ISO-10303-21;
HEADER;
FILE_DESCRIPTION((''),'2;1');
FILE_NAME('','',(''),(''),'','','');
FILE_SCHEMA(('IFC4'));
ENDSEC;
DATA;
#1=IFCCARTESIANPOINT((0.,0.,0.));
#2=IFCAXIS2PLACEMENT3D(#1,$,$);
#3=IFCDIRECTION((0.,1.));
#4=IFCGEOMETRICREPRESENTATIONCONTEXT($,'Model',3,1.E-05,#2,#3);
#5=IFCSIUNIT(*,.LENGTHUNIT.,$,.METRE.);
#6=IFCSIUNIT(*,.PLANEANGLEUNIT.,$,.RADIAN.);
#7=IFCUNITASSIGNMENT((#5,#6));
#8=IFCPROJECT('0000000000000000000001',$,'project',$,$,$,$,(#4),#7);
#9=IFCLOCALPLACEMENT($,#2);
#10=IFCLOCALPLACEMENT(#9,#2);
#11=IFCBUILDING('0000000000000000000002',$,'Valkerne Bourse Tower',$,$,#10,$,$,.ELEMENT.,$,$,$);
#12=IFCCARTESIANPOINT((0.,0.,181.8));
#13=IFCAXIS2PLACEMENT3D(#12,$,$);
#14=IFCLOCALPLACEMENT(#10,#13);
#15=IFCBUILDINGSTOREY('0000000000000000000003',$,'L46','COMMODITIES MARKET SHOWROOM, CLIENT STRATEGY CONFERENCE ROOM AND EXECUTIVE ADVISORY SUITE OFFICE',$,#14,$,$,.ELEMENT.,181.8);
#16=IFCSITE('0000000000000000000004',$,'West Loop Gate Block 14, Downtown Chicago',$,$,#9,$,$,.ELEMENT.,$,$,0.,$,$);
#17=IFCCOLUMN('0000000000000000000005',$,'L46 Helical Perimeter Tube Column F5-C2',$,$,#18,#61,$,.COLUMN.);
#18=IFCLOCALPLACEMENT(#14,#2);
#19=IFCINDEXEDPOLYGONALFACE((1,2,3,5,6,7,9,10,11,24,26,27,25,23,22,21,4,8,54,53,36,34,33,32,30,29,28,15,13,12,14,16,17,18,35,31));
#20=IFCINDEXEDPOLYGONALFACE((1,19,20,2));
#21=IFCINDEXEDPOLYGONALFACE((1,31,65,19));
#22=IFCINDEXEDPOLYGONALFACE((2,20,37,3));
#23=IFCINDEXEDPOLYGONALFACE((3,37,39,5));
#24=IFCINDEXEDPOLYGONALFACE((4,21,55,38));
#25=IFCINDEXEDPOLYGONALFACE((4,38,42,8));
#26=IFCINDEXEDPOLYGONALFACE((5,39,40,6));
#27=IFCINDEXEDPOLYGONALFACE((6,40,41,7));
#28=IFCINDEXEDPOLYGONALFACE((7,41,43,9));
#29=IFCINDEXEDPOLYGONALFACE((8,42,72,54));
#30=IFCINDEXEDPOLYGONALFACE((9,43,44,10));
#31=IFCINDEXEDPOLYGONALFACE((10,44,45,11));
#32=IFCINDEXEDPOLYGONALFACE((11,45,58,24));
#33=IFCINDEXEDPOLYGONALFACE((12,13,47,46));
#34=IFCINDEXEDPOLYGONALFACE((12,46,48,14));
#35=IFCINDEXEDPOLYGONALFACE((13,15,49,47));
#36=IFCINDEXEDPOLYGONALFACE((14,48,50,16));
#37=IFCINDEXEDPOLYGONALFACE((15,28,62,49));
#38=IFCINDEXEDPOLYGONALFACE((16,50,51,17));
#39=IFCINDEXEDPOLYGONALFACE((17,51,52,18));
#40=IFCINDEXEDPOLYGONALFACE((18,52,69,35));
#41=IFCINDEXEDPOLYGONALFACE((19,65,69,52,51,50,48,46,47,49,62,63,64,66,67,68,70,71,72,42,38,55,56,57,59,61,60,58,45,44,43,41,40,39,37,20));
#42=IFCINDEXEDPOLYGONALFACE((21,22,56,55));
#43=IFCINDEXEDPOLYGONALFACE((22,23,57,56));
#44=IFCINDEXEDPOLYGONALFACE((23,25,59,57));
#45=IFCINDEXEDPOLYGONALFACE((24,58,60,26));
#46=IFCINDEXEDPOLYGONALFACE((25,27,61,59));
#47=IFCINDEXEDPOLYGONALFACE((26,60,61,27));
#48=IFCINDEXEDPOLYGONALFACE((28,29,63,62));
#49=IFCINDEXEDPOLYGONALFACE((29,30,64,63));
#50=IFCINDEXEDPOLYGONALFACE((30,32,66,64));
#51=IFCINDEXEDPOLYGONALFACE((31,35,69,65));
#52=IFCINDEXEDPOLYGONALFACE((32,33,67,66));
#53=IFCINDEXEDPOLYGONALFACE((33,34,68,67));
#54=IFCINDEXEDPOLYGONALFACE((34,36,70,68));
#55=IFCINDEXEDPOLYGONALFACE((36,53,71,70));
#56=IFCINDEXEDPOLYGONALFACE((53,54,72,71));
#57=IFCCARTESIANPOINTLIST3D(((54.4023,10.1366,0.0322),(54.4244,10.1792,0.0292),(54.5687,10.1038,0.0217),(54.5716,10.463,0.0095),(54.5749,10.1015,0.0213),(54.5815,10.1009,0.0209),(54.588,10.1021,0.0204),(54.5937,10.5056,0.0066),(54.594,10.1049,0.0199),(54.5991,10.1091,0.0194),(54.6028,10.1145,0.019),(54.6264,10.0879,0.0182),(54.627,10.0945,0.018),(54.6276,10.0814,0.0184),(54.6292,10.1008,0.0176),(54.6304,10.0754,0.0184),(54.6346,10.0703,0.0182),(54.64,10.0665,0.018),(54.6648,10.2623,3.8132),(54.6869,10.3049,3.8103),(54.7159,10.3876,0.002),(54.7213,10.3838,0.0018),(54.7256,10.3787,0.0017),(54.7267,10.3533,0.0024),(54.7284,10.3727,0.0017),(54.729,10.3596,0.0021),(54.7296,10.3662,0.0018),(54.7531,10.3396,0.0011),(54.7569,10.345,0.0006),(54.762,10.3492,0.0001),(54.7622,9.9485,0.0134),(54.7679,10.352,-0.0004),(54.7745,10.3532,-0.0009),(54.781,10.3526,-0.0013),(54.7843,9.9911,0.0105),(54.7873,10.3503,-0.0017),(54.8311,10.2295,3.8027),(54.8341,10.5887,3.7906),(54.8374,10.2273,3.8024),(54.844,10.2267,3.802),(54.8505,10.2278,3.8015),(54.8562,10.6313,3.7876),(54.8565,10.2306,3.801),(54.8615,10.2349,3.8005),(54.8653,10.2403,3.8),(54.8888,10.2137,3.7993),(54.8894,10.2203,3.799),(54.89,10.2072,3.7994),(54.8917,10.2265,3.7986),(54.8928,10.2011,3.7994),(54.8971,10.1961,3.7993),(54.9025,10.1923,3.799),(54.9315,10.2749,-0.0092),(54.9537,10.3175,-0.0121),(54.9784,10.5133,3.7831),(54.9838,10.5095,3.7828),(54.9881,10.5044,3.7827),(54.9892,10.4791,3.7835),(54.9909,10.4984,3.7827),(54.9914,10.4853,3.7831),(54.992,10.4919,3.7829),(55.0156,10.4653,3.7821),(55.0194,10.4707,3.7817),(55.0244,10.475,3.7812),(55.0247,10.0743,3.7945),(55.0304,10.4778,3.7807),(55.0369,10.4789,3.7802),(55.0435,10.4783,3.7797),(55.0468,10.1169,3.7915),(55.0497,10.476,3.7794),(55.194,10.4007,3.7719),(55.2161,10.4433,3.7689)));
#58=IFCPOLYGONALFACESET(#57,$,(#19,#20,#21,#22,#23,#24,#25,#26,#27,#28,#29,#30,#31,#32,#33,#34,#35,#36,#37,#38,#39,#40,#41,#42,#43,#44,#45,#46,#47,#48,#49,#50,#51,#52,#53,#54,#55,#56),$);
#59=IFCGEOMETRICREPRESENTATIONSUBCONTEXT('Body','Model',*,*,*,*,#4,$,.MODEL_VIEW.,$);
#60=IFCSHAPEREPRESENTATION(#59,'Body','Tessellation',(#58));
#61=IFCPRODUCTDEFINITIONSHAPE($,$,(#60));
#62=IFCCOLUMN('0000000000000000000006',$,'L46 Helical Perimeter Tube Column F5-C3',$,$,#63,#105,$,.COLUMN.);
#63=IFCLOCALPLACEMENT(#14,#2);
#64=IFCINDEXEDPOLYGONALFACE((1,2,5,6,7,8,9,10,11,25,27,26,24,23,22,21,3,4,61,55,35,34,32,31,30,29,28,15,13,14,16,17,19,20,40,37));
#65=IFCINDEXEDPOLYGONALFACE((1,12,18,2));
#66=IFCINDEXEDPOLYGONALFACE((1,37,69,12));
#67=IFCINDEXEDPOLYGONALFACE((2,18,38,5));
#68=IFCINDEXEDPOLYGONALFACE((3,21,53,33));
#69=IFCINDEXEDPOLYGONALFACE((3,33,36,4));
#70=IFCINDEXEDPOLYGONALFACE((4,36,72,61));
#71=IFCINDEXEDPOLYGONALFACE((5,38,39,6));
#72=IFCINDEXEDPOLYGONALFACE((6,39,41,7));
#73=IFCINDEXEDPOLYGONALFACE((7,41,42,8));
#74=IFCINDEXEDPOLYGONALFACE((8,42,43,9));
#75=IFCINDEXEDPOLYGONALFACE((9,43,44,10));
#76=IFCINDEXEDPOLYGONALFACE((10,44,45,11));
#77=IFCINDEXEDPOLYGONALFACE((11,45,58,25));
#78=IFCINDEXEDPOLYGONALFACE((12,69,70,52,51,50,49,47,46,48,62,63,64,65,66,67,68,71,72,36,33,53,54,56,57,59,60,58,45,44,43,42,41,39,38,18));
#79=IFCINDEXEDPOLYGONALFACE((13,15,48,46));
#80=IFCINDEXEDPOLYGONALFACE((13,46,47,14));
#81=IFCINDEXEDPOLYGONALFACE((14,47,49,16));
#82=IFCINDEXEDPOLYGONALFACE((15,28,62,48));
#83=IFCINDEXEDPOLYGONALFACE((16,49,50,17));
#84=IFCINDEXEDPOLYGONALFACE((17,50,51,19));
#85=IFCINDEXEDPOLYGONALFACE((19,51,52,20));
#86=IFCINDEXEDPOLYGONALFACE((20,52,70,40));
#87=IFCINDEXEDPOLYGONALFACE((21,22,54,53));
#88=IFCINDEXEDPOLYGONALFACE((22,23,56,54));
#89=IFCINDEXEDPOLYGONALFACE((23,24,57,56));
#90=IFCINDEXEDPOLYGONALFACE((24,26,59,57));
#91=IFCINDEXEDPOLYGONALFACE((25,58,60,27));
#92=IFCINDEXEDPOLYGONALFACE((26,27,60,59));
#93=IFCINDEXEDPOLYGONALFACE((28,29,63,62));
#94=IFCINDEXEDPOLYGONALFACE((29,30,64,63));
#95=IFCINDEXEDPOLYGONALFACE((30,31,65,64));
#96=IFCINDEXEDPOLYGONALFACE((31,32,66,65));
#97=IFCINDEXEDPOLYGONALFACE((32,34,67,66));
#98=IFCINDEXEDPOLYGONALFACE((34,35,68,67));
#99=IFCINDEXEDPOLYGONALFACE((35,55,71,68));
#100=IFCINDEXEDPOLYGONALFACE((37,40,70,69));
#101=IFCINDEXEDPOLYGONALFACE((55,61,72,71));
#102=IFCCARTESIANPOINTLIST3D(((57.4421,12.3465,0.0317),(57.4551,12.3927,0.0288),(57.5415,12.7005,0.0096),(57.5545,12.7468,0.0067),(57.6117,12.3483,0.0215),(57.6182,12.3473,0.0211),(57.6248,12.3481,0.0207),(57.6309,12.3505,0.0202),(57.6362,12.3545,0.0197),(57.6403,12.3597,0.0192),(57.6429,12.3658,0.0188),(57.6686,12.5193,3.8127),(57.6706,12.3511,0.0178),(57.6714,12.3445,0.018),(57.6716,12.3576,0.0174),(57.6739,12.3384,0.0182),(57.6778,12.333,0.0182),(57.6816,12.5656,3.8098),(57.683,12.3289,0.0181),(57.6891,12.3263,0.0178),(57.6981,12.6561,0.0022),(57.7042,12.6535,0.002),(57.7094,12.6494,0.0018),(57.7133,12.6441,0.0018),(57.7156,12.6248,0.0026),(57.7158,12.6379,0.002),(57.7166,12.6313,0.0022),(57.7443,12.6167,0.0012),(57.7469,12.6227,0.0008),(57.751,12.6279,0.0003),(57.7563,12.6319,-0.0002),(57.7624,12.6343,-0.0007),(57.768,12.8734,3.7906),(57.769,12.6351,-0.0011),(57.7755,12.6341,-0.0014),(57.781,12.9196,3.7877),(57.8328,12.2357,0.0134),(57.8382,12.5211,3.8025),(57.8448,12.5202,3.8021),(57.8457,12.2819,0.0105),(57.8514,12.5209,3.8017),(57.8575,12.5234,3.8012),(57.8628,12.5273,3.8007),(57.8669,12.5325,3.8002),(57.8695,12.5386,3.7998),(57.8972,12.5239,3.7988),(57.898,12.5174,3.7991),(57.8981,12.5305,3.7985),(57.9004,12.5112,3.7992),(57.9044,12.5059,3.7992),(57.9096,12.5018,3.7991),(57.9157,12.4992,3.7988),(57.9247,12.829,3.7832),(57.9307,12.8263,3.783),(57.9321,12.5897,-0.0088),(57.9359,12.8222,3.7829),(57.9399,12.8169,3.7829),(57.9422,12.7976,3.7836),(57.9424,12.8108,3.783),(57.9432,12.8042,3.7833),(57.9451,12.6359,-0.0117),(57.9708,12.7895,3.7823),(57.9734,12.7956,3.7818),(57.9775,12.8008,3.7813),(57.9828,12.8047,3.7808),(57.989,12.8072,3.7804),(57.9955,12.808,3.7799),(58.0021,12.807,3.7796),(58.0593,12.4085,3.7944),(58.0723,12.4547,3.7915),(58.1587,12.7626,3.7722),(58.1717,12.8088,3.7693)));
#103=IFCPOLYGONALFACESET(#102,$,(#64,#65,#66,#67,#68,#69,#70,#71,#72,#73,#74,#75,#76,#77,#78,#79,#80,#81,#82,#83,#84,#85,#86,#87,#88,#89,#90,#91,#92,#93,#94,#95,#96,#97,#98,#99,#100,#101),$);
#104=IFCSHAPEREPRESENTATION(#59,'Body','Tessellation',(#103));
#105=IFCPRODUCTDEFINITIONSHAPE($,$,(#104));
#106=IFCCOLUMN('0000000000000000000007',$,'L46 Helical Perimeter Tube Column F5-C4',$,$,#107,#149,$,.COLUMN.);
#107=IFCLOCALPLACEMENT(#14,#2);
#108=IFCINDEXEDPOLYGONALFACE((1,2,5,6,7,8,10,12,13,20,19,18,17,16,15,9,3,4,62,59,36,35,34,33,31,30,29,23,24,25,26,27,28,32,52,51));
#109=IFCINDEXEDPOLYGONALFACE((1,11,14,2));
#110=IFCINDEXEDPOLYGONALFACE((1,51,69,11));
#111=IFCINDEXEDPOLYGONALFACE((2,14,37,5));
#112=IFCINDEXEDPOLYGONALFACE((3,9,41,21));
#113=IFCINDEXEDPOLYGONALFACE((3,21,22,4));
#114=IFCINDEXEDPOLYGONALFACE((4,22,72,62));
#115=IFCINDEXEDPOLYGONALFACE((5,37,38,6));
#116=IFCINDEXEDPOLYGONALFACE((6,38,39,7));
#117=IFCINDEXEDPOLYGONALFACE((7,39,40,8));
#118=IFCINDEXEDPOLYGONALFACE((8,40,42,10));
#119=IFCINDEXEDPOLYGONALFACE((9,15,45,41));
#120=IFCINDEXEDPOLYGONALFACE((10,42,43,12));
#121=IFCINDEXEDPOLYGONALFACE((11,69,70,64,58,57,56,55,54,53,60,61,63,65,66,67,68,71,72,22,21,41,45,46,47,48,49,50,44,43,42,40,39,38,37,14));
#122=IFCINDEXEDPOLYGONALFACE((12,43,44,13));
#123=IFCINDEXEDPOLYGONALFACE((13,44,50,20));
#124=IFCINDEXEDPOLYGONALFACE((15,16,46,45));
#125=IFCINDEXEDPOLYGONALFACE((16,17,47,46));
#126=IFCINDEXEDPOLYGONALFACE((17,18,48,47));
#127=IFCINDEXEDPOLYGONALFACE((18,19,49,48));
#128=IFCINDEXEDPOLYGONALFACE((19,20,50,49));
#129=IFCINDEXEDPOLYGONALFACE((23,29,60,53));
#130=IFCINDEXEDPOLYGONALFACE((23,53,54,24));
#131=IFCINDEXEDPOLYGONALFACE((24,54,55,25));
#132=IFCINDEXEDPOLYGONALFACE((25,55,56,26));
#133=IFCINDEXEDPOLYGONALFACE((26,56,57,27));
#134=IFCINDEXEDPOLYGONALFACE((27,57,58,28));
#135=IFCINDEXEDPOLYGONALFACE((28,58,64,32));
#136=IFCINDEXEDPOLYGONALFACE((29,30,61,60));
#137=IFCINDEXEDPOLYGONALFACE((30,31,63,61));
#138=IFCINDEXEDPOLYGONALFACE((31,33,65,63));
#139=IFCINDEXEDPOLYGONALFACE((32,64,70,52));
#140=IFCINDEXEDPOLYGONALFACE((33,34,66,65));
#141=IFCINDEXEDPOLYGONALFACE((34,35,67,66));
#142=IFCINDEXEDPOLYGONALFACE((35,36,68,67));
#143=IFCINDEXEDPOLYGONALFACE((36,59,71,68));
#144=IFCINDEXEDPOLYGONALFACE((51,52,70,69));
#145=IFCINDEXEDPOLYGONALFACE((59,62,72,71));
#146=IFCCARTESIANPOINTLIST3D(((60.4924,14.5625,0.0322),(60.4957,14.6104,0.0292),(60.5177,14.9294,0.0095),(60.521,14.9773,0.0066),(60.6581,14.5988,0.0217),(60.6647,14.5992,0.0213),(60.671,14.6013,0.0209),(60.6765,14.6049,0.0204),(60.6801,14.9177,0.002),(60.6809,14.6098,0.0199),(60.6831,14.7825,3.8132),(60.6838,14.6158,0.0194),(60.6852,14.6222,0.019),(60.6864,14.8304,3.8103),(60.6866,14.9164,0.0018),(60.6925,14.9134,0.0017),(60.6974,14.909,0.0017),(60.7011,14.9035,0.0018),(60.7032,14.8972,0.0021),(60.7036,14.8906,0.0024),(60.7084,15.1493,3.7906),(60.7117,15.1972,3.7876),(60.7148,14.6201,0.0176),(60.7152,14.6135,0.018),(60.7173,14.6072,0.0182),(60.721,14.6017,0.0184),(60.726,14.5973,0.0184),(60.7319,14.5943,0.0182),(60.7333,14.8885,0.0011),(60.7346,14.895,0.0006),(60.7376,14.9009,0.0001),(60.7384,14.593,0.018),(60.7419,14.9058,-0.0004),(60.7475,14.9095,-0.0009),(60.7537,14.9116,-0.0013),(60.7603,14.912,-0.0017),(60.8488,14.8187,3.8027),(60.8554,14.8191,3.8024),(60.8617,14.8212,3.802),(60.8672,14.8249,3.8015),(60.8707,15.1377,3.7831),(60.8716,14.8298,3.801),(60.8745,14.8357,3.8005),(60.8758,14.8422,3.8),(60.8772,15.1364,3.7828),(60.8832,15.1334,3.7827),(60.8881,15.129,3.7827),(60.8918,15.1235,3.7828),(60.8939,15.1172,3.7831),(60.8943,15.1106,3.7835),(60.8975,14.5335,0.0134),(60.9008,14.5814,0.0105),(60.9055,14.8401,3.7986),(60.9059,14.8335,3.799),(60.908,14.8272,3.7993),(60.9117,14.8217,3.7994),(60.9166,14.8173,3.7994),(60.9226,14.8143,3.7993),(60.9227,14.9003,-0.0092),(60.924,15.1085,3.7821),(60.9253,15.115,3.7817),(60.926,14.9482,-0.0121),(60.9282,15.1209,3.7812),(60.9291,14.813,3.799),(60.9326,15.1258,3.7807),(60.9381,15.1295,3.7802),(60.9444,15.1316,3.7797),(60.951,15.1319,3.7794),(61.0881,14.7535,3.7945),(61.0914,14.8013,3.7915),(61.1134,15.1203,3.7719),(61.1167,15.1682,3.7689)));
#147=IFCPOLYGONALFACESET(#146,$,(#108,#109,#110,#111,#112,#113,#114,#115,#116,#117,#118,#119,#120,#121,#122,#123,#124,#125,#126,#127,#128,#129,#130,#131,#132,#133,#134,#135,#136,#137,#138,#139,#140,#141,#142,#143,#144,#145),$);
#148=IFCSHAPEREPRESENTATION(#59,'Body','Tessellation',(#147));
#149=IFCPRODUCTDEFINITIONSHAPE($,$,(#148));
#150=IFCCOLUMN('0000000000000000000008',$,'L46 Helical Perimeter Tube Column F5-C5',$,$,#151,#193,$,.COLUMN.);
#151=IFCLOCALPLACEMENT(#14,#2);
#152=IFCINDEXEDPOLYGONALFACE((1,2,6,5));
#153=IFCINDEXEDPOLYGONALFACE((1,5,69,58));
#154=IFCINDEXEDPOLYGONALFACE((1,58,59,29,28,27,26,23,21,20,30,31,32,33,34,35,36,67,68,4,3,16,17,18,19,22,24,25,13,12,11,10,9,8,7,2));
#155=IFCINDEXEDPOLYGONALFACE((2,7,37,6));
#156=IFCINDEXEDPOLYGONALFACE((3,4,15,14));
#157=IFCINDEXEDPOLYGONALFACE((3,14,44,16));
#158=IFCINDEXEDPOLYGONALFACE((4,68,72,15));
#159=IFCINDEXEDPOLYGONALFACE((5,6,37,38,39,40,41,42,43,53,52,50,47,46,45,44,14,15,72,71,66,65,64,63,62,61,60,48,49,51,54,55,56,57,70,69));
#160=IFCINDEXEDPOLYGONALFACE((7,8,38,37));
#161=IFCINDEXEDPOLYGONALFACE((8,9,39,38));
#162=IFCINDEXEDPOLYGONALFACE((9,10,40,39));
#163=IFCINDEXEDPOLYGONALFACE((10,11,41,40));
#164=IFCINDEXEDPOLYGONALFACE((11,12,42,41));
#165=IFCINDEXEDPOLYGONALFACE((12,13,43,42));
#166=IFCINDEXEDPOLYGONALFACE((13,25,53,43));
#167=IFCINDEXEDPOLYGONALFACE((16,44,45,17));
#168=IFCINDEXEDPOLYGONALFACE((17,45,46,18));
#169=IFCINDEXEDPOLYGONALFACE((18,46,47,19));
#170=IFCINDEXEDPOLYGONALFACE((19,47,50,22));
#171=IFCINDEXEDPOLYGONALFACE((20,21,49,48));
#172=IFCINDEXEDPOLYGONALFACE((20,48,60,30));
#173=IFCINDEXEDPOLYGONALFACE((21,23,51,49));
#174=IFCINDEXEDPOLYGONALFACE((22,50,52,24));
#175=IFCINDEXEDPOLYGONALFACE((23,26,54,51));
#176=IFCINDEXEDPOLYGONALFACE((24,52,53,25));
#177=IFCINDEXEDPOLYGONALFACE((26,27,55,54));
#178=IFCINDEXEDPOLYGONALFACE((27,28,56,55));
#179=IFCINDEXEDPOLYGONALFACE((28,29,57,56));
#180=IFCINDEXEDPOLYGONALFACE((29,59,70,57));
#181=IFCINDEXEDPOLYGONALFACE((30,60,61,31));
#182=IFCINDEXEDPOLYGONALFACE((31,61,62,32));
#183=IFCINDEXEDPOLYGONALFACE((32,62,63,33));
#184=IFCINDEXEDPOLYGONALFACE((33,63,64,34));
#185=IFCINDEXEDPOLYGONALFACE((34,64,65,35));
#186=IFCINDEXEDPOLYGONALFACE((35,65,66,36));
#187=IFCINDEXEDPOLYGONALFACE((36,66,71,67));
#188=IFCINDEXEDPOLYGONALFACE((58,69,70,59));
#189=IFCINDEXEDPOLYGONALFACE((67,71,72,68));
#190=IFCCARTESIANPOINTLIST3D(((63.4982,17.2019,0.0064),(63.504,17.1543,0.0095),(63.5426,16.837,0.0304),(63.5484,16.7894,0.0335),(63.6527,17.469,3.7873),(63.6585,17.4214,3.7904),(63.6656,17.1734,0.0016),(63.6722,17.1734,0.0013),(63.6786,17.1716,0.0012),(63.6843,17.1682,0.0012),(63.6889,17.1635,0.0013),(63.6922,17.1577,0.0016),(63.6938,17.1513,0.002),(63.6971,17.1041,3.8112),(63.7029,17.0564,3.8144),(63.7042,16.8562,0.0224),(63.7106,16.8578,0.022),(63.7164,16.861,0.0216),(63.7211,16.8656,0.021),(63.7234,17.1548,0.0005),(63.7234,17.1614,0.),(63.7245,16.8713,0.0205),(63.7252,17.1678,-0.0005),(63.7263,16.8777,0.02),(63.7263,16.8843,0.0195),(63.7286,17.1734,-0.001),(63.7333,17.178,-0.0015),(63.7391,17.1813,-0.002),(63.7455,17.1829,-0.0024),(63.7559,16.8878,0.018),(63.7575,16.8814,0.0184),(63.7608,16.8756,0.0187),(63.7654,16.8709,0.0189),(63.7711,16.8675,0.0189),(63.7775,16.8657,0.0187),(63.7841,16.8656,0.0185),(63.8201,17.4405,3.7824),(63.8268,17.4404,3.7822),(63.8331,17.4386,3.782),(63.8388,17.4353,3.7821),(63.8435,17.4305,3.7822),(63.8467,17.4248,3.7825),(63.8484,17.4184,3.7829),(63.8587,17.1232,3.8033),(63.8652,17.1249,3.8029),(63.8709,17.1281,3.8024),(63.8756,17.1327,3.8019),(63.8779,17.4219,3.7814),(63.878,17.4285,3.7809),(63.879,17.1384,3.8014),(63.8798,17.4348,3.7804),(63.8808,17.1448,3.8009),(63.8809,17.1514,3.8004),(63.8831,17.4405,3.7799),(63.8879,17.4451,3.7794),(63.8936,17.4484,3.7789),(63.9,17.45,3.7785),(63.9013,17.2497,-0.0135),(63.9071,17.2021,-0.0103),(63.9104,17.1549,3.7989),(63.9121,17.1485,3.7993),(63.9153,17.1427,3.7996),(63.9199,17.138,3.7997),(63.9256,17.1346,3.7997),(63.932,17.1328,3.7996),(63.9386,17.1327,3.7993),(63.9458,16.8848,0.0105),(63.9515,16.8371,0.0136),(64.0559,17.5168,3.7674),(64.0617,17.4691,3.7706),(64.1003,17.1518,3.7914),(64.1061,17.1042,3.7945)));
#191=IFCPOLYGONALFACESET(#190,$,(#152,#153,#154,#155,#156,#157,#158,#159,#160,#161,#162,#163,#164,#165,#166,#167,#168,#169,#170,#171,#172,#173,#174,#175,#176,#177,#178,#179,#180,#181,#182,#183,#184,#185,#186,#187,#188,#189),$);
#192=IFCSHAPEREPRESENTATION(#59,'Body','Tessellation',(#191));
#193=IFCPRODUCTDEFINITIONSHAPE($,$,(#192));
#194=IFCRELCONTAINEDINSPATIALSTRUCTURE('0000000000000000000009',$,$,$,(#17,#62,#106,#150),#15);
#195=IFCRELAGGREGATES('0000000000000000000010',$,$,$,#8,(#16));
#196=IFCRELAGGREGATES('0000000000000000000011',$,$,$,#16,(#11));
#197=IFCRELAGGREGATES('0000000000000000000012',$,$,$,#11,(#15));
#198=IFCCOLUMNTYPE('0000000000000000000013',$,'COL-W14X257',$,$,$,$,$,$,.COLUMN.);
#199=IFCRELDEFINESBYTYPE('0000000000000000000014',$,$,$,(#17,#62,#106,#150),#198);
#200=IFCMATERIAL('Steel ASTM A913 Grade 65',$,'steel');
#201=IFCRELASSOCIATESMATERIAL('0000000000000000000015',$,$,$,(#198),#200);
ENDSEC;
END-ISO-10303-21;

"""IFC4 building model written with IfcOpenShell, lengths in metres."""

from ifc_helpers import new_model, si_unit, direction, frame, origin, origin_2d, place, context, subcontext, project, spatial, i_section, extrude, material, material_profile, profile_set, type_object, element, save


model = new_model("IFC4")

# Units and contexts
model_context = context("Model", 3, precision=1e-05, world=origin(), true_north=direction((0.0, 1.0)))
body_context = subcontext(model_context, "Body", "Model", "MODEL_VIEW")
ifc_project = project(units=[si_unit("LENGTHUNIT", "METRE"), si_unit("PLANEANGLEUNIT", "RADIAN")], contexts=[model_context])

# Site, building, storey
site_placement = place(None, origin())
site = spatial("IfcSite", under=ifc_project, at=site_placement, Name="West Loop Gate Block 14, Downtown Chicago", CompositionType="ELEMENT", RefElevation=0.0)
building_placement = place(site_placement, origin())
building = spatial("IfcBuilding", under=site, at=building_placement, Name="Valkerne Bourse Tower", CompositionType="ELEMENT")
storey_placement = place(building_placement, frame((0.0, 0.0, 181.8)))
storey = spatial("IfcBuildingStorey", under=building, at=storey_placement, Name="L46", Description="COMMODITIES MARKET SHOWROOM, CLIENT STRATEGY CONFERENCE ROOM AND EXECUTIVE ADVISORY SUITE OFFICE", CompositionType="ELEMENT", Elevation=181.8)

# Columns
ifc_material_1 = material(Name="Steel ASTM A913 Grade 65", Category="steel")
ifc_material_profile_1 = material_profile(ifc_material_1, i_section(OverallWidth=0.4065, OverallDepth=0.4165, WebThickness=0.0298, FlangeThickness=0.0481, FilletRadius=0.0254, at=origin_2d()), Name="W14X257")
ifc_profile_set_1 = profile_set([ifc_material_profile_1], Name="Steel ASTM A913 Grade 65")
column_type = type_object("IfcColumnType", Name="COL-W14X257", PredefinedType="COLUMN", material=ifc_profile_set_1)
column_1_placement = place(storey_placement, frame((54.678, 10.2271, 0.01), z_axis=(0.069208, 0.033156, 0.997051), x_axis=(-0.885395, 0.46255, 0.046077)))
element("IfcColumn", 1, at=column_1_placement, inside=storey, type_object=column_type, Name="L46 Helical Perimeter Tube Column F5-C2", PredefinedType="COLUMN", context=body_context, shape_type="SweptSolid", body=[
    extrude(i_section(OverallWidth=0.4065, OverallDepth=0.4165, WebThickness=0.0298, FlangeThickness=0.0481, FilletRadius=0.0254, at=origin_2d()), origin(), (0.0, 0.0, 1.0), 3.7922),
])
column_2_placement = place(storey_placement, frame((57.6936, 12.4912, 0.01), z_axis=(0.059752, 0.045586, 0.997172), x_axis=(-0.961063, 0.272619, 0.045125)))
element("IfcColumn", 2, at=column_2_placement, inside=storey, type_object=column_type, Name="L46 Helical Perimeter Tube Column F5-C3", PredefinedType="COLUMN", context=body_context, shape_type="SweptSolid", body=[
    extrude(i_section(OverallWidth=0.4065, OverallDepth=0.4165, WebThickness=0.0298, FlangeThickness=0.0481, FilletRadius=0.0254, at=origin_2d()), origin(), (0.0, 0.0, 1.0), 3.7917),
])
column_3_placement = place(storey_placement, frame((60.7092, 14.7554, 0.01), z_axis=(0.050281, 0.058006, 0.997049), x_axis=(-0.99638, 0.07143, 0.046091)))
element("IfcColumn", 3, at=column_3_placement, inside=storey, type_object=column_type, Name="L46 Helical Perimeter Tube Column F5-C4", PredefinedType="COLUMN", context=body_context, shape_type="SweptSolid", body=[
    extrude(i_section(OverallWidth=0.4065, OverallDepth=0.4165, WebThickness=0.0298, FlangeThickness=0.0481, FilletRadius=0.0254, at=origin_2d()), origin(), (0.0, 0.0, 1.0), 3.7922),
])
column_4_placement = place(storey_placement, frame((63.7249, 17.0195, 0.01), z_axis=(0.040738, 0.070406, 0.996686), x_axis=(-0.991874, -0.117477, 0.048839)))
element("IfcColumn", 4, at=column_4_placement, inside=storey, type_object=column_type, Name="L46 Helical Perimeter Tube Column F5-C5", PredefinedType="COLUMN", context=body_context, shape_type="SweptSolid", body=[
    extrude(i_section(OverallWidth=0.4065, OverallDepth=0.4165, WebThickness=0.0298, FlangeThickness=0.0481, FilletRadius=0.0254, at=origin_2d()), origin(), (0.0, 0.0, 1.0), 3.7935),
])

save(model, "model.ifc")
